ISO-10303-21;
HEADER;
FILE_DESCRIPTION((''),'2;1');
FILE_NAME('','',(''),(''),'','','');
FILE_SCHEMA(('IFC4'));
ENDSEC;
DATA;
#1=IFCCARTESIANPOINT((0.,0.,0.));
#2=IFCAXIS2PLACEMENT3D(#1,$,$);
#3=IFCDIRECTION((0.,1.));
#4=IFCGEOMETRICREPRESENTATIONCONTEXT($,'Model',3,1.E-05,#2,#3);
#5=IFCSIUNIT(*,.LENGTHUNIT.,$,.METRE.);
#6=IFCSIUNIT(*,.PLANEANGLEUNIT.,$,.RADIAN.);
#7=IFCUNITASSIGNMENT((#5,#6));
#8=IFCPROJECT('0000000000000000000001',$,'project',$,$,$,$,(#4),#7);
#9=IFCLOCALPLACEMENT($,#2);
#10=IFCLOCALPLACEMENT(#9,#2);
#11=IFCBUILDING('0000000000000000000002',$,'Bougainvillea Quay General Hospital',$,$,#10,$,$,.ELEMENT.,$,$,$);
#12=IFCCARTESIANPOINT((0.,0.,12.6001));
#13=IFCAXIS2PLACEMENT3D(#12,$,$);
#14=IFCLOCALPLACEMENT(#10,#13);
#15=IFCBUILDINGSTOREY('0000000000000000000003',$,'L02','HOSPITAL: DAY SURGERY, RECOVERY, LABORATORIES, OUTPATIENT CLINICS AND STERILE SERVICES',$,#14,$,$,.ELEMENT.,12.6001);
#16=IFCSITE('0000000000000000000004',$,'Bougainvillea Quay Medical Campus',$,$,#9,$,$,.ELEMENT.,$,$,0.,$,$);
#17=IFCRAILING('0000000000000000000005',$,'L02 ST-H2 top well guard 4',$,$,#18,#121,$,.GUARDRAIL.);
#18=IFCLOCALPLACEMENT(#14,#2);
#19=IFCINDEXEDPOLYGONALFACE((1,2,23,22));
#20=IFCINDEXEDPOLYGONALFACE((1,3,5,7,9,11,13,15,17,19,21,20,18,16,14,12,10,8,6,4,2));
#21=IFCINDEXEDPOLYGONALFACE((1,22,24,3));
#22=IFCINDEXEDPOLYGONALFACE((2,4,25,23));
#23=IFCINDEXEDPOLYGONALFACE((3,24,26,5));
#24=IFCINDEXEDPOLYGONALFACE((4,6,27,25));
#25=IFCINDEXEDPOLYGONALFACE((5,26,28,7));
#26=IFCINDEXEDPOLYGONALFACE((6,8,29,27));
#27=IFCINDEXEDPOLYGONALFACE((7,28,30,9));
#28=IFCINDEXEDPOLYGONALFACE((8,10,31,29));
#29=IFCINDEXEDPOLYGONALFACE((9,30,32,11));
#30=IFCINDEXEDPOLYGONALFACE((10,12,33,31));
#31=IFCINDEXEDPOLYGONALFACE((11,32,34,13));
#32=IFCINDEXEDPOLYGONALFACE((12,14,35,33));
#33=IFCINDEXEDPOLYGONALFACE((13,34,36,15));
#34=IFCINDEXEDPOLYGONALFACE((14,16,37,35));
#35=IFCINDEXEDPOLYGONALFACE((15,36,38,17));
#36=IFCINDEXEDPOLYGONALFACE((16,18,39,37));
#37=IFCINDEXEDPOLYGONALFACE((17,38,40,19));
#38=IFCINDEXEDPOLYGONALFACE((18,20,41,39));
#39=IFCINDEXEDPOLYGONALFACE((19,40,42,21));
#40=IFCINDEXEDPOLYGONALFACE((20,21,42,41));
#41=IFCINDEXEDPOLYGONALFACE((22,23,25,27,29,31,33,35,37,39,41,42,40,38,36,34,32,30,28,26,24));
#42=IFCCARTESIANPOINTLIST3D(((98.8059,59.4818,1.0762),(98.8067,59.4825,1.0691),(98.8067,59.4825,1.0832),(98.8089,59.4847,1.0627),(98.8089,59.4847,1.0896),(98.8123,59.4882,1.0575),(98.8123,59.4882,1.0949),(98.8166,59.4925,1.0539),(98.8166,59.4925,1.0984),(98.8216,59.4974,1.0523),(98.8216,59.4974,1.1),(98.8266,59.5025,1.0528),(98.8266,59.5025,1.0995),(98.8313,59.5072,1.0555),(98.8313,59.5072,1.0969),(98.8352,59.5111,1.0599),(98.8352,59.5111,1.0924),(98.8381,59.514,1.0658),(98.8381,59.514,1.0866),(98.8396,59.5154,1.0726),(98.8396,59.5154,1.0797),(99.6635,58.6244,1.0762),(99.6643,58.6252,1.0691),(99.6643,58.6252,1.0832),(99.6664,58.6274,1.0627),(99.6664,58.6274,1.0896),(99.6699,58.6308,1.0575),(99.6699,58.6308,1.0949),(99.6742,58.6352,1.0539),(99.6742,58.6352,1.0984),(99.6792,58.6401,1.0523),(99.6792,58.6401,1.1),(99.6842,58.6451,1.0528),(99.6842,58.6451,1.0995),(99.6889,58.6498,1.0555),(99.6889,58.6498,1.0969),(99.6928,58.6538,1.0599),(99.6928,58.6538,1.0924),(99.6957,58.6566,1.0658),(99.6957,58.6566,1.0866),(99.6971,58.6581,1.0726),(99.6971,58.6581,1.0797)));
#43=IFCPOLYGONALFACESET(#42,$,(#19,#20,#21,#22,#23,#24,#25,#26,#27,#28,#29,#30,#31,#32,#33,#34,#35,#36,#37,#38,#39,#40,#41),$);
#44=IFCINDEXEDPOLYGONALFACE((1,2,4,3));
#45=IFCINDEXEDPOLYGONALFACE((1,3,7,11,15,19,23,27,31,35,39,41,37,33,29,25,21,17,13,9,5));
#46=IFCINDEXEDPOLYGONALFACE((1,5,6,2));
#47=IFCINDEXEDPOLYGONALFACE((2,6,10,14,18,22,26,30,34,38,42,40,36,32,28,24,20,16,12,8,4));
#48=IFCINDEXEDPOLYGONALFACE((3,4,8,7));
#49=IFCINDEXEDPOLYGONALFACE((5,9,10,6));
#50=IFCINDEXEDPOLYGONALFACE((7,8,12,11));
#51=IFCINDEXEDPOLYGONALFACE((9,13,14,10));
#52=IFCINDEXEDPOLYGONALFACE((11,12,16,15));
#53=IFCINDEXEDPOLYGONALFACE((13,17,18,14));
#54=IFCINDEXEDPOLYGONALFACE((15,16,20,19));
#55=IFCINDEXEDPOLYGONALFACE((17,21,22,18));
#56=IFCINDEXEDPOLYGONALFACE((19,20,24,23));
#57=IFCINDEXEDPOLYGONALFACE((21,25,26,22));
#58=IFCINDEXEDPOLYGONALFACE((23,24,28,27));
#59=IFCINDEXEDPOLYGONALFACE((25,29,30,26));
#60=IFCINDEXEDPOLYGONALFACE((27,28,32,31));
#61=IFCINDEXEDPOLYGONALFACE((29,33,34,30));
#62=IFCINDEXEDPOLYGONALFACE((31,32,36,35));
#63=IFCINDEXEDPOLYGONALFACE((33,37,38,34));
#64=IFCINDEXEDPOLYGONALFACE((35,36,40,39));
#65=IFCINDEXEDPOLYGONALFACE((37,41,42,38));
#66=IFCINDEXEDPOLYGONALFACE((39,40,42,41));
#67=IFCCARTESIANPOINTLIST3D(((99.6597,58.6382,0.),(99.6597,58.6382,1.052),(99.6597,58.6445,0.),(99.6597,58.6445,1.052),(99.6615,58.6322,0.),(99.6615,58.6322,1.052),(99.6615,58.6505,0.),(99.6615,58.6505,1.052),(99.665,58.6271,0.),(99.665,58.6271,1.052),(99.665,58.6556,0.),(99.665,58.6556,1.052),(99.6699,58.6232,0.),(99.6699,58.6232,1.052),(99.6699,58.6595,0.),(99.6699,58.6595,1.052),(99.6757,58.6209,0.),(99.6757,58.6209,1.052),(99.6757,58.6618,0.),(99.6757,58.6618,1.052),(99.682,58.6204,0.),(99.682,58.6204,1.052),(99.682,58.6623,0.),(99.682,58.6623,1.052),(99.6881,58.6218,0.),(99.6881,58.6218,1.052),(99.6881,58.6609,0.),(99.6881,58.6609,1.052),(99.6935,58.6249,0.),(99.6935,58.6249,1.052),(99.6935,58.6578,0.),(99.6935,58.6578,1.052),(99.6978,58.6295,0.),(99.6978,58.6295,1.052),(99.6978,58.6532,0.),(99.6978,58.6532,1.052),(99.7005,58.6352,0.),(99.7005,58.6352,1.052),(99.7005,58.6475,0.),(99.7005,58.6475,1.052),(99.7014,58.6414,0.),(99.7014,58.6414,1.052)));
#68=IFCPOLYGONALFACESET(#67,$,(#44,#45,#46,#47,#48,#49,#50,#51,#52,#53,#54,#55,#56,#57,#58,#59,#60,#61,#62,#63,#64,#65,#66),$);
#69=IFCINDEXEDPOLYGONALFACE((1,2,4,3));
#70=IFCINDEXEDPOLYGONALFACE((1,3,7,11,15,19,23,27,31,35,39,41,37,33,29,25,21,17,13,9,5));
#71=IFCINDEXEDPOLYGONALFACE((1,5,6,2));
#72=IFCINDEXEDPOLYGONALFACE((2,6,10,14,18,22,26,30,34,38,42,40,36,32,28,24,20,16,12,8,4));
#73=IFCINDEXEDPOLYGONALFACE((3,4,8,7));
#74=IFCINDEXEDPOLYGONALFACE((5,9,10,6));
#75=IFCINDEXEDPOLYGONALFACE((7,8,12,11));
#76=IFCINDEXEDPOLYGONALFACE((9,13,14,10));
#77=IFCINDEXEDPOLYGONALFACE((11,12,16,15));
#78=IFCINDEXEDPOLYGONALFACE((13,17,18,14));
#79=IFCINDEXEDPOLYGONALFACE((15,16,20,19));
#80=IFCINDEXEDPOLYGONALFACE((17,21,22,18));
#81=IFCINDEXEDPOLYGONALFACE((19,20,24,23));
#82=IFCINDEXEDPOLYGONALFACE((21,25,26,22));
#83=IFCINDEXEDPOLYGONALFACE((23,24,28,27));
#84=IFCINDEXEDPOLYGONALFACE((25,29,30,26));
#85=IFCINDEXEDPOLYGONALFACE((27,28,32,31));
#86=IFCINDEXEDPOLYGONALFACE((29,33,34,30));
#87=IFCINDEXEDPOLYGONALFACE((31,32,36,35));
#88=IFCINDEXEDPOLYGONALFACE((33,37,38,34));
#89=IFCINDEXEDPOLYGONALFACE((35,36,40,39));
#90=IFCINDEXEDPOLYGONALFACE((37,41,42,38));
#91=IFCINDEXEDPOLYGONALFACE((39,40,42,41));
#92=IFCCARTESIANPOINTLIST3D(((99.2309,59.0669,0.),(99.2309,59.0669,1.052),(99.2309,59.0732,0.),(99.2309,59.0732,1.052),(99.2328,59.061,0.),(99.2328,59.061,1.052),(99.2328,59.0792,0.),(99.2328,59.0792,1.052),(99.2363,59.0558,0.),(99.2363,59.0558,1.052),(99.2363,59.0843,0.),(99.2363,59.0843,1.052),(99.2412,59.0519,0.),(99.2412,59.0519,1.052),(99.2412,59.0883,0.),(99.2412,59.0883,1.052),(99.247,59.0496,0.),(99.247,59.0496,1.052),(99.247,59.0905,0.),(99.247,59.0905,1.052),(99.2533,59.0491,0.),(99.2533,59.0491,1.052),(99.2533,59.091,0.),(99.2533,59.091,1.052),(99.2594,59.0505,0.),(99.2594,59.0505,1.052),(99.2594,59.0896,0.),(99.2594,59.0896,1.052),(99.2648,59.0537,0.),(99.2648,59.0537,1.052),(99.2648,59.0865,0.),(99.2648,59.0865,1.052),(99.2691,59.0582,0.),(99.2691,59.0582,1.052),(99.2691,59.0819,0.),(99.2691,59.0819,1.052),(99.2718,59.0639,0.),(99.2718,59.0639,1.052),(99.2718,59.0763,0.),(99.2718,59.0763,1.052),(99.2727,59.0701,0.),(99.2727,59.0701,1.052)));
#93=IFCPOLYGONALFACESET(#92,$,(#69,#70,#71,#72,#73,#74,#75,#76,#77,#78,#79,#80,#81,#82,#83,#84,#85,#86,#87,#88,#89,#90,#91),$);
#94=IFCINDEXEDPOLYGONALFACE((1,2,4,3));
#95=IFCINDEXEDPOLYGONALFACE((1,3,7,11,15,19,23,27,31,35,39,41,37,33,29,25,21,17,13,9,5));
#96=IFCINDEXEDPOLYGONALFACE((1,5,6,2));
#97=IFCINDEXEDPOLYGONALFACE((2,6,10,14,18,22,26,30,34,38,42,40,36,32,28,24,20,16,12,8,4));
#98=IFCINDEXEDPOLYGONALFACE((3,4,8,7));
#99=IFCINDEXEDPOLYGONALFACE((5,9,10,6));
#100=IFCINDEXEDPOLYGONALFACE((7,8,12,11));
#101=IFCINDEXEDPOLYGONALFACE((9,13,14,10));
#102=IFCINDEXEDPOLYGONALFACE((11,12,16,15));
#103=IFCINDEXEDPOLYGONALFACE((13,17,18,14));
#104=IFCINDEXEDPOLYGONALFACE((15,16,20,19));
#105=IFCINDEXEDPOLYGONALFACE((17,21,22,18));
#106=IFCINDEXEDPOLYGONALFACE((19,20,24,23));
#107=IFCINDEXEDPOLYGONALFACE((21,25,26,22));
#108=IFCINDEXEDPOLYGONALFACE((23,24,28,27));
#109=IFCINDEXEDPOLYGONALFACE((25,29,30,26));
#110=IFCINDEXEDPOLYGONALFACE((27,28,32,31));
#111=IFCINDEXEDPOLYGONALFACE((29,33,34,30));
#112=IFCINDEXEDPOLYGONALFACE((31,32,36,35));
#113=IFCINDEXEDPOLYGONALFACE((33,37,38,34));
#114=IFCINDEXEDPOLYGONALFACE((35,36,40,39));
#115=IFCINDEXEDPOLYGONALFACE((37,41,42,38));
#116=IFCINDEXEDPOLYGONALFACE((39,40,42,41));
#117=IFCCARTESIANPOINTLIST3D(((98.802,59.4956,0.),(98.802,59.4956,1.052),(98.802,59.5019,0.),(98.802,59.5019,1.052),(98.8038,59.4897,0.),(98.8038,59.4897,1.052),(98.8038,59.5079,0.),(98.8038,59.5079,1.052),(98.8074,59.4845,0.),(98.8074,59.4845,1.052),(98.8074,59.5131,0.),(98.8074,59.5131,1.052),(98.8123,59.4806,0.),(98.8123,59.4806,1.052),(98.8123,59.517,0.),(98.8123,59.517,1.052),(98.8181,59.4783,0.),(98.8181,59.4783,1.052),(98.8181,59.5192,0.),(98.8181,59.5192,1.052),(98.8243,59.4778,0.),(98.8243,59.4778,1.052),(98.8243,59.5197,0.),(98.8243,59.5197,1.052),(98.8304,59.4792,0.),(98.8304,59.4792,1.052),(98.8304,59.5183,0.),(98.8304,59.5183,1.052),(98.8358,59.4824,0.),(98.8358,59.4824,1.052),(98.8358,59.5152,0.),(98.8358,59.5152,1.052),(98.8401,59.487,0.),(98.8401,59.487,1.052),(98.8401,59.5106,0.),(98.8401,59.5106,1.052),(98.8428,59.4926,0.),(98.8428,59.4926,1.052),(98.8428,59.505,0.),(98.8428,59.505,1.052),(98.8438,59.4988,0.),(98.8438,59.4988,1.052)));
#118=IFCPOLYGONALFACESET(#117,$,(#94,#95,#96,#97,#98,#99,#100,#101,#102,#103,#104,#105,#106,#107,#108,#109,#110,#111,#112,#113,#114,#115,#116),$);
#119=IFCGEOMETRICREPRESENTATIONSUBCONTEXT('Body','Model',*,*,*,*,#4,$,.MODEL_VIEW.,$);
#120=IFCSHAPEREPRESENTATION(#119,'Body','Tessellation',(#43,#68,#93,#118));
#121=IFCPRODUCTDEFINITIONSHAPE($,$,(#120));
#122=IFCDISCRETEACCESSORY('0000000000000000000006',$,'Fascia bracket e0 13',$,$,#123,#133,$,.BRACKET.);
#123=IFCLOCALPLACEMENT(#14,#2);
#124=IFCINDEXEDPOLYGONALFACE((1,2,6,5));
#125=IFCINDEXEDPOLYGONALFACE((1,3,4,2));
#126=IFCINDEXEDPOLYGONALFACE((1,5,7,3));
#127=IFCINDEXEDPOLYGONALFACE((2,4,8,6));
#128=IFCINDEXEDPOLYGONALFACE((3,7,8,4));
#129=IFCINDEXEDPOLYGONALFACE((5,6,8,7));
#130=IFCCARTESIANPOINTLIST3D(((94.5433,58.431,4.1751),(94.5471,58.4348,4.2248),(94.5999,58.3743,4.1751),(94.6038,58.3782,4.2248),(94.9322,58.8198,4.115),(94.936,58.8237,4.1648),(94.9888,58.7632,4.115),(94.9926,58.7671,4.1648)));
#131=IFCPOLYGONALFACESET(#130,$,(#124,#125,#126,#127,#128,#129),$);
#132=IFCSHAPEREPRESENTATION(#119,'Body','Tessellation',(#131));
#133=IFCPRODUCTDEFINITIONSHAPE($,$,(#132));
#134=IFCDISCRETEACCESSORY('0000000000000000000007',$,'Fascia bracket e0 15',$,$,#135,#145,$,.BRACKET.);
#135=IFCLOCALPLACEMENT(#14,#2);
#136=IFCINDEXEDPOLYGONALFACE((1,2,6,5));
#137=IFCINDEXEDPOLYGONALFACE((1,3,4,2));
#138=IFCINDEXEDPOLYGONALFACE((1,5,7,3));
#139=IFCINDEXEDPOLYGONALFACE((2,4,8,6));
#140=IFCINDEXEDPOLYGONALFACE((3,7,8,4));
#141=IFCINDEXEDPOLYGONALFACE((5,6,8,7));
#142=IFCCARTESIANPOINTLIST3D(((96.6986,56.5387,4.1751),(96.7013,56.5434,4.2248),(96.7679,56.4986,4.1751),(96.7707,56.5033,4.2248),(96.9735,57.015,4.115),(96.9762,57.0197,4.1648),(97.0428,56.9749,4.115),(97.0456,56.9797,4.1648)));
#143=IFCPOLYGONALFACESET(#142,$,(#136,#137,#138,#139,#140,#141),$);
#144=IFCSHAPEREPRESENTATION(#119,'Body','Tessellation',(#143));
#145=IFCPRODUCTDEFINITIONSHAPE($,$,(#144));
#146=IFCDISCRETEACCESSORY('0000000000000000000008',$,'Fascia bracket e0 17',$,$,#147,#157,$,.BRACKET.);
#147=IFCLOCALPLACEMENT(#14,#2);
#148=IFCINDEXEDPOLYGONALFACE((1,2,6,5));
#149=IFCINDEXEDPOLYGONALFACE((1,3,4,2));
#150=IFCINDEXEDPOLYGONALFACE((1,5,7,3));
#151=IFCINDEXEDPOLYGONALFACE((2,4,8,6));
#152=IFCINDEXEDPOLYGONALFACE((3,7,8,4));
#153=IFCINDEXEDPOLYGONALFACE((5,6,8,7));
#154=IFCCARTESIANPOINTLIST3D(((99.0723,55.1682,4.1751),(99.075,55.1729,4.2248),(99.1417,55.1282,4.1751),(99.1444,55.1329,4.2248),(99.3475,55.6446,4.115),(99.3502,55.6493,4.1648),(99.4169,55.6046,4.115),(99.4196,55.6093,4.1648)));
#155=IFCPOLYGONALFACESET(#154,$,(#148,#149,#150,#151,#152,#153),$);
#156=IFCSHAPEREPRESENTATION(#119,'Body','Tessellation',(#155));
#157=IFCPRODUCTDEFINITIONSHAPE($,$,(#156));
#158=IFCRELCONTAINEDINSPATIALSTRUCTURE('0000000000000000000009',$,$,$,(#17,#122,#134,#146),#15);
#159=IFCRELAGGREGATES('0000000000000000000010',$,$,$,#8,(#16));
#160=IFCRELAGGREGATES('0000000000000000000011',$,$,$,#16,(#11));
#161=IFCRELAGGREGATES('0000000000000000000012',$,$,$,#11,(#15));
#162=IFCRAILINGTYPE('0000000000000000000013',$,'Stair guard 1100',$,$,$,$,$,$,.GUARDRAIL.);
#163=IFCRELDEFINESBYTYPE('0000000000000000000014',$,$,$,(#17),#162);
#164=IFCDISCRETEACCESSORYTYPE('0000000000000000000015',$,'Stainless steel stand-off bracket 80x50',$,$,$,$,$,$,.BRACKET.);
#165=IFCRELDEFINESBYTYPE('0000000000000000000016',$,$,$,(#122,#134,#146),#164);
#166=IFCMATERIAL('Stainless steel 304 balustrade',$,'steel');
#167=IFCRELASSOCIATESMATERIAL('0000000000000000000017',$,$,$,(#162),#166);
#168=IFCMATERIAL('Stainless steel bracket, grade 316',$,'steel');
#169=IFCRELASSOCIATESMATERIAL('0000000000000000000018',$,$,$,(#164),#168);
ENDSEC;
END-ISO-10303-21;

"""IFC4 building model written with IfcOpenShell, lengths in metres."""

from ifc_helpers import new_model, si_unit, direction, frame, origin, origin_2d, place, context, subcontext, project, spatial, rectangle, circle, extrude, material, material_profile, profile_set, type_object, element, save


model = new_model("IFC4")

# Units and contexts
model_context = context("Model", 3, precision=1e-05, world=origin(), true_north=direction((0.0, 1.0)))
body_context = subcontext(model_context, "Body", "Model", "MODEL_VIEW")
ifc_project = project(units=[si_unit("LENGTHUNIT", "METRE"), si_unit("PLANEANGLEUNIT", "RADIAN")], contexts=[model_context])

# Site, building, storey
site_placement = place(None, origin())
site = spatial("IfcSite", under=ifc_project, at=site_placement, Name="Bougainvillea Quay Medical Campus", CompositionType="ELEMENT", RefElevation=0.0)
building_placement = place(site_placement, origin())
building = spatial("IfcBuilding", under=site, at=building_placement, Name="Bougainvillea Quay General Hospital", CompositionType="ELEMENT")
storey_placement = place(building_placement, frame((0.0, 0.0, 12.6001)))
storey = spatial("IfcBuildingStorey", under=building, at=storey_placement, Name="L02", Description="HOSPITAL: DAY SURGERY, RECOVERY, LABORATORIES, OUTPATIENT CLINICS AND STERILE SERVICES", CompositionType="ELEMENT", Elevation=12.6001)

# Railing
ifc_material_1 = material(Name="Stainless steel 304 balustrade", Category="steel")
railing_type = type_object("IfcRailingType", Name="Stair guard 1100", PredefinedType="GUARDRAIL", material=ifc_material_1)
railing_1_placement = place(storey_placement, frame((99.6804, 58.6414, 0.0)))
element("IfcRailing", 1, at=railing_1_placement, inside=storey, type_object=railing_type, Name="L02 ST-H2 top well guard 4", PredefinedType="GUARDRAIL", context=body_context, shape_type="SweptSolid", body=[
    extrude(circle(Radius=0.0239, at=origin_2d()), frame((0.0, 0.0, 1.0762), z_axis=(-0.707207, 0.707006, 0.0), x_axis=(-0.707006, -0.707207, 0.0)), (0.0, 0.0, 1.0), 1.2126),
    extrude(circle(Radius=0.021, at=origin_2d()), origin(), (0.0, 0.0, 1.0), 1.052),
    extrude(circle(Radius=0.021, at=origin_2d()), frame((-0.4287, 0.4287, 0.0)), (0.0, 0.0, 1.0), 1.052),
    extrude(circle(Radius=0.021, at=origin_2d()), frame((-0.8577, 0.8574, 0.0)), (0.0, 0.0, 1.0), 1.052),
])

# Discrete accessories
ifc_material_2 = material(Name="Stainless steel bracket, grade 316", Category="steel")
ifc_material_profile_1 = material_profile(ifc_material_2, rectangle(XDim=0.0801, YDim=0.05, at=origin_2d()))
ifc_profile_set_1 = profile_set([ifc_material_profile_1], Name="Stainless steel bracket, grade 316")
discrete_accessory_type = type_object("IfcDiscreteAccessoryType", Name="Stainless steel stand-off bracket 80x50", PredefinedType="BRACKET", material=ifc_profile_set_1)
for number, where, z_axis, x_axis, name in (
    (2, (94.9624, 58.7935, 4.1399), (-0.702928, -0.702928, 0.10855), (0.707107, -0.707107, 0.0), "Fascia bracket e0 13"),
    (3, (97.0095, 56.9973, 4.1399), (-0.496909, -0.860985, 0.108561), (0.866104, -0.499863, 0.0), "Fascia bracket e0 15"),
):
    element("IfcDiscreteAccessory", number, at=place(storey_placement, frame(where, z_axis=z_axis, x_axis=x_axis)), inside=storey, type_object=discrete_accessory_type, Name=name, PredefinedType="BRACKET", context=body_context, shape_type="SweptSolid", body=[
        extrude(rectangle(XDim=0.0801, YDim=0.05, at=origin_2d()), origin(), (0.0, 0.0, 1.0), 0.5532),
    ])
discrete_accessory_placement = place(storey_placement, frame((99.3835, 55.627, 4.1399), z_axis=(-0.497241, -0.860797, 0.108537), x_axis=(0.865912, -0.500196, 0.0)))
element("IfcDiscreteAccessory", 4, at=discrete_accessory_placement, inside=storey, type_object=discrete_accessory_type, Name="Fascia bracket e0 17", PredefinedType="BRACKET", context=body_context, shape_type="SweptSolid", body=[
    extrude(rectangle(XDim=0.0801, YDim=0.05, at=origin_2d()), origin(), (0.0, 0.0, 1.0), 0.5535),
])

save(model, "model.ifc")
